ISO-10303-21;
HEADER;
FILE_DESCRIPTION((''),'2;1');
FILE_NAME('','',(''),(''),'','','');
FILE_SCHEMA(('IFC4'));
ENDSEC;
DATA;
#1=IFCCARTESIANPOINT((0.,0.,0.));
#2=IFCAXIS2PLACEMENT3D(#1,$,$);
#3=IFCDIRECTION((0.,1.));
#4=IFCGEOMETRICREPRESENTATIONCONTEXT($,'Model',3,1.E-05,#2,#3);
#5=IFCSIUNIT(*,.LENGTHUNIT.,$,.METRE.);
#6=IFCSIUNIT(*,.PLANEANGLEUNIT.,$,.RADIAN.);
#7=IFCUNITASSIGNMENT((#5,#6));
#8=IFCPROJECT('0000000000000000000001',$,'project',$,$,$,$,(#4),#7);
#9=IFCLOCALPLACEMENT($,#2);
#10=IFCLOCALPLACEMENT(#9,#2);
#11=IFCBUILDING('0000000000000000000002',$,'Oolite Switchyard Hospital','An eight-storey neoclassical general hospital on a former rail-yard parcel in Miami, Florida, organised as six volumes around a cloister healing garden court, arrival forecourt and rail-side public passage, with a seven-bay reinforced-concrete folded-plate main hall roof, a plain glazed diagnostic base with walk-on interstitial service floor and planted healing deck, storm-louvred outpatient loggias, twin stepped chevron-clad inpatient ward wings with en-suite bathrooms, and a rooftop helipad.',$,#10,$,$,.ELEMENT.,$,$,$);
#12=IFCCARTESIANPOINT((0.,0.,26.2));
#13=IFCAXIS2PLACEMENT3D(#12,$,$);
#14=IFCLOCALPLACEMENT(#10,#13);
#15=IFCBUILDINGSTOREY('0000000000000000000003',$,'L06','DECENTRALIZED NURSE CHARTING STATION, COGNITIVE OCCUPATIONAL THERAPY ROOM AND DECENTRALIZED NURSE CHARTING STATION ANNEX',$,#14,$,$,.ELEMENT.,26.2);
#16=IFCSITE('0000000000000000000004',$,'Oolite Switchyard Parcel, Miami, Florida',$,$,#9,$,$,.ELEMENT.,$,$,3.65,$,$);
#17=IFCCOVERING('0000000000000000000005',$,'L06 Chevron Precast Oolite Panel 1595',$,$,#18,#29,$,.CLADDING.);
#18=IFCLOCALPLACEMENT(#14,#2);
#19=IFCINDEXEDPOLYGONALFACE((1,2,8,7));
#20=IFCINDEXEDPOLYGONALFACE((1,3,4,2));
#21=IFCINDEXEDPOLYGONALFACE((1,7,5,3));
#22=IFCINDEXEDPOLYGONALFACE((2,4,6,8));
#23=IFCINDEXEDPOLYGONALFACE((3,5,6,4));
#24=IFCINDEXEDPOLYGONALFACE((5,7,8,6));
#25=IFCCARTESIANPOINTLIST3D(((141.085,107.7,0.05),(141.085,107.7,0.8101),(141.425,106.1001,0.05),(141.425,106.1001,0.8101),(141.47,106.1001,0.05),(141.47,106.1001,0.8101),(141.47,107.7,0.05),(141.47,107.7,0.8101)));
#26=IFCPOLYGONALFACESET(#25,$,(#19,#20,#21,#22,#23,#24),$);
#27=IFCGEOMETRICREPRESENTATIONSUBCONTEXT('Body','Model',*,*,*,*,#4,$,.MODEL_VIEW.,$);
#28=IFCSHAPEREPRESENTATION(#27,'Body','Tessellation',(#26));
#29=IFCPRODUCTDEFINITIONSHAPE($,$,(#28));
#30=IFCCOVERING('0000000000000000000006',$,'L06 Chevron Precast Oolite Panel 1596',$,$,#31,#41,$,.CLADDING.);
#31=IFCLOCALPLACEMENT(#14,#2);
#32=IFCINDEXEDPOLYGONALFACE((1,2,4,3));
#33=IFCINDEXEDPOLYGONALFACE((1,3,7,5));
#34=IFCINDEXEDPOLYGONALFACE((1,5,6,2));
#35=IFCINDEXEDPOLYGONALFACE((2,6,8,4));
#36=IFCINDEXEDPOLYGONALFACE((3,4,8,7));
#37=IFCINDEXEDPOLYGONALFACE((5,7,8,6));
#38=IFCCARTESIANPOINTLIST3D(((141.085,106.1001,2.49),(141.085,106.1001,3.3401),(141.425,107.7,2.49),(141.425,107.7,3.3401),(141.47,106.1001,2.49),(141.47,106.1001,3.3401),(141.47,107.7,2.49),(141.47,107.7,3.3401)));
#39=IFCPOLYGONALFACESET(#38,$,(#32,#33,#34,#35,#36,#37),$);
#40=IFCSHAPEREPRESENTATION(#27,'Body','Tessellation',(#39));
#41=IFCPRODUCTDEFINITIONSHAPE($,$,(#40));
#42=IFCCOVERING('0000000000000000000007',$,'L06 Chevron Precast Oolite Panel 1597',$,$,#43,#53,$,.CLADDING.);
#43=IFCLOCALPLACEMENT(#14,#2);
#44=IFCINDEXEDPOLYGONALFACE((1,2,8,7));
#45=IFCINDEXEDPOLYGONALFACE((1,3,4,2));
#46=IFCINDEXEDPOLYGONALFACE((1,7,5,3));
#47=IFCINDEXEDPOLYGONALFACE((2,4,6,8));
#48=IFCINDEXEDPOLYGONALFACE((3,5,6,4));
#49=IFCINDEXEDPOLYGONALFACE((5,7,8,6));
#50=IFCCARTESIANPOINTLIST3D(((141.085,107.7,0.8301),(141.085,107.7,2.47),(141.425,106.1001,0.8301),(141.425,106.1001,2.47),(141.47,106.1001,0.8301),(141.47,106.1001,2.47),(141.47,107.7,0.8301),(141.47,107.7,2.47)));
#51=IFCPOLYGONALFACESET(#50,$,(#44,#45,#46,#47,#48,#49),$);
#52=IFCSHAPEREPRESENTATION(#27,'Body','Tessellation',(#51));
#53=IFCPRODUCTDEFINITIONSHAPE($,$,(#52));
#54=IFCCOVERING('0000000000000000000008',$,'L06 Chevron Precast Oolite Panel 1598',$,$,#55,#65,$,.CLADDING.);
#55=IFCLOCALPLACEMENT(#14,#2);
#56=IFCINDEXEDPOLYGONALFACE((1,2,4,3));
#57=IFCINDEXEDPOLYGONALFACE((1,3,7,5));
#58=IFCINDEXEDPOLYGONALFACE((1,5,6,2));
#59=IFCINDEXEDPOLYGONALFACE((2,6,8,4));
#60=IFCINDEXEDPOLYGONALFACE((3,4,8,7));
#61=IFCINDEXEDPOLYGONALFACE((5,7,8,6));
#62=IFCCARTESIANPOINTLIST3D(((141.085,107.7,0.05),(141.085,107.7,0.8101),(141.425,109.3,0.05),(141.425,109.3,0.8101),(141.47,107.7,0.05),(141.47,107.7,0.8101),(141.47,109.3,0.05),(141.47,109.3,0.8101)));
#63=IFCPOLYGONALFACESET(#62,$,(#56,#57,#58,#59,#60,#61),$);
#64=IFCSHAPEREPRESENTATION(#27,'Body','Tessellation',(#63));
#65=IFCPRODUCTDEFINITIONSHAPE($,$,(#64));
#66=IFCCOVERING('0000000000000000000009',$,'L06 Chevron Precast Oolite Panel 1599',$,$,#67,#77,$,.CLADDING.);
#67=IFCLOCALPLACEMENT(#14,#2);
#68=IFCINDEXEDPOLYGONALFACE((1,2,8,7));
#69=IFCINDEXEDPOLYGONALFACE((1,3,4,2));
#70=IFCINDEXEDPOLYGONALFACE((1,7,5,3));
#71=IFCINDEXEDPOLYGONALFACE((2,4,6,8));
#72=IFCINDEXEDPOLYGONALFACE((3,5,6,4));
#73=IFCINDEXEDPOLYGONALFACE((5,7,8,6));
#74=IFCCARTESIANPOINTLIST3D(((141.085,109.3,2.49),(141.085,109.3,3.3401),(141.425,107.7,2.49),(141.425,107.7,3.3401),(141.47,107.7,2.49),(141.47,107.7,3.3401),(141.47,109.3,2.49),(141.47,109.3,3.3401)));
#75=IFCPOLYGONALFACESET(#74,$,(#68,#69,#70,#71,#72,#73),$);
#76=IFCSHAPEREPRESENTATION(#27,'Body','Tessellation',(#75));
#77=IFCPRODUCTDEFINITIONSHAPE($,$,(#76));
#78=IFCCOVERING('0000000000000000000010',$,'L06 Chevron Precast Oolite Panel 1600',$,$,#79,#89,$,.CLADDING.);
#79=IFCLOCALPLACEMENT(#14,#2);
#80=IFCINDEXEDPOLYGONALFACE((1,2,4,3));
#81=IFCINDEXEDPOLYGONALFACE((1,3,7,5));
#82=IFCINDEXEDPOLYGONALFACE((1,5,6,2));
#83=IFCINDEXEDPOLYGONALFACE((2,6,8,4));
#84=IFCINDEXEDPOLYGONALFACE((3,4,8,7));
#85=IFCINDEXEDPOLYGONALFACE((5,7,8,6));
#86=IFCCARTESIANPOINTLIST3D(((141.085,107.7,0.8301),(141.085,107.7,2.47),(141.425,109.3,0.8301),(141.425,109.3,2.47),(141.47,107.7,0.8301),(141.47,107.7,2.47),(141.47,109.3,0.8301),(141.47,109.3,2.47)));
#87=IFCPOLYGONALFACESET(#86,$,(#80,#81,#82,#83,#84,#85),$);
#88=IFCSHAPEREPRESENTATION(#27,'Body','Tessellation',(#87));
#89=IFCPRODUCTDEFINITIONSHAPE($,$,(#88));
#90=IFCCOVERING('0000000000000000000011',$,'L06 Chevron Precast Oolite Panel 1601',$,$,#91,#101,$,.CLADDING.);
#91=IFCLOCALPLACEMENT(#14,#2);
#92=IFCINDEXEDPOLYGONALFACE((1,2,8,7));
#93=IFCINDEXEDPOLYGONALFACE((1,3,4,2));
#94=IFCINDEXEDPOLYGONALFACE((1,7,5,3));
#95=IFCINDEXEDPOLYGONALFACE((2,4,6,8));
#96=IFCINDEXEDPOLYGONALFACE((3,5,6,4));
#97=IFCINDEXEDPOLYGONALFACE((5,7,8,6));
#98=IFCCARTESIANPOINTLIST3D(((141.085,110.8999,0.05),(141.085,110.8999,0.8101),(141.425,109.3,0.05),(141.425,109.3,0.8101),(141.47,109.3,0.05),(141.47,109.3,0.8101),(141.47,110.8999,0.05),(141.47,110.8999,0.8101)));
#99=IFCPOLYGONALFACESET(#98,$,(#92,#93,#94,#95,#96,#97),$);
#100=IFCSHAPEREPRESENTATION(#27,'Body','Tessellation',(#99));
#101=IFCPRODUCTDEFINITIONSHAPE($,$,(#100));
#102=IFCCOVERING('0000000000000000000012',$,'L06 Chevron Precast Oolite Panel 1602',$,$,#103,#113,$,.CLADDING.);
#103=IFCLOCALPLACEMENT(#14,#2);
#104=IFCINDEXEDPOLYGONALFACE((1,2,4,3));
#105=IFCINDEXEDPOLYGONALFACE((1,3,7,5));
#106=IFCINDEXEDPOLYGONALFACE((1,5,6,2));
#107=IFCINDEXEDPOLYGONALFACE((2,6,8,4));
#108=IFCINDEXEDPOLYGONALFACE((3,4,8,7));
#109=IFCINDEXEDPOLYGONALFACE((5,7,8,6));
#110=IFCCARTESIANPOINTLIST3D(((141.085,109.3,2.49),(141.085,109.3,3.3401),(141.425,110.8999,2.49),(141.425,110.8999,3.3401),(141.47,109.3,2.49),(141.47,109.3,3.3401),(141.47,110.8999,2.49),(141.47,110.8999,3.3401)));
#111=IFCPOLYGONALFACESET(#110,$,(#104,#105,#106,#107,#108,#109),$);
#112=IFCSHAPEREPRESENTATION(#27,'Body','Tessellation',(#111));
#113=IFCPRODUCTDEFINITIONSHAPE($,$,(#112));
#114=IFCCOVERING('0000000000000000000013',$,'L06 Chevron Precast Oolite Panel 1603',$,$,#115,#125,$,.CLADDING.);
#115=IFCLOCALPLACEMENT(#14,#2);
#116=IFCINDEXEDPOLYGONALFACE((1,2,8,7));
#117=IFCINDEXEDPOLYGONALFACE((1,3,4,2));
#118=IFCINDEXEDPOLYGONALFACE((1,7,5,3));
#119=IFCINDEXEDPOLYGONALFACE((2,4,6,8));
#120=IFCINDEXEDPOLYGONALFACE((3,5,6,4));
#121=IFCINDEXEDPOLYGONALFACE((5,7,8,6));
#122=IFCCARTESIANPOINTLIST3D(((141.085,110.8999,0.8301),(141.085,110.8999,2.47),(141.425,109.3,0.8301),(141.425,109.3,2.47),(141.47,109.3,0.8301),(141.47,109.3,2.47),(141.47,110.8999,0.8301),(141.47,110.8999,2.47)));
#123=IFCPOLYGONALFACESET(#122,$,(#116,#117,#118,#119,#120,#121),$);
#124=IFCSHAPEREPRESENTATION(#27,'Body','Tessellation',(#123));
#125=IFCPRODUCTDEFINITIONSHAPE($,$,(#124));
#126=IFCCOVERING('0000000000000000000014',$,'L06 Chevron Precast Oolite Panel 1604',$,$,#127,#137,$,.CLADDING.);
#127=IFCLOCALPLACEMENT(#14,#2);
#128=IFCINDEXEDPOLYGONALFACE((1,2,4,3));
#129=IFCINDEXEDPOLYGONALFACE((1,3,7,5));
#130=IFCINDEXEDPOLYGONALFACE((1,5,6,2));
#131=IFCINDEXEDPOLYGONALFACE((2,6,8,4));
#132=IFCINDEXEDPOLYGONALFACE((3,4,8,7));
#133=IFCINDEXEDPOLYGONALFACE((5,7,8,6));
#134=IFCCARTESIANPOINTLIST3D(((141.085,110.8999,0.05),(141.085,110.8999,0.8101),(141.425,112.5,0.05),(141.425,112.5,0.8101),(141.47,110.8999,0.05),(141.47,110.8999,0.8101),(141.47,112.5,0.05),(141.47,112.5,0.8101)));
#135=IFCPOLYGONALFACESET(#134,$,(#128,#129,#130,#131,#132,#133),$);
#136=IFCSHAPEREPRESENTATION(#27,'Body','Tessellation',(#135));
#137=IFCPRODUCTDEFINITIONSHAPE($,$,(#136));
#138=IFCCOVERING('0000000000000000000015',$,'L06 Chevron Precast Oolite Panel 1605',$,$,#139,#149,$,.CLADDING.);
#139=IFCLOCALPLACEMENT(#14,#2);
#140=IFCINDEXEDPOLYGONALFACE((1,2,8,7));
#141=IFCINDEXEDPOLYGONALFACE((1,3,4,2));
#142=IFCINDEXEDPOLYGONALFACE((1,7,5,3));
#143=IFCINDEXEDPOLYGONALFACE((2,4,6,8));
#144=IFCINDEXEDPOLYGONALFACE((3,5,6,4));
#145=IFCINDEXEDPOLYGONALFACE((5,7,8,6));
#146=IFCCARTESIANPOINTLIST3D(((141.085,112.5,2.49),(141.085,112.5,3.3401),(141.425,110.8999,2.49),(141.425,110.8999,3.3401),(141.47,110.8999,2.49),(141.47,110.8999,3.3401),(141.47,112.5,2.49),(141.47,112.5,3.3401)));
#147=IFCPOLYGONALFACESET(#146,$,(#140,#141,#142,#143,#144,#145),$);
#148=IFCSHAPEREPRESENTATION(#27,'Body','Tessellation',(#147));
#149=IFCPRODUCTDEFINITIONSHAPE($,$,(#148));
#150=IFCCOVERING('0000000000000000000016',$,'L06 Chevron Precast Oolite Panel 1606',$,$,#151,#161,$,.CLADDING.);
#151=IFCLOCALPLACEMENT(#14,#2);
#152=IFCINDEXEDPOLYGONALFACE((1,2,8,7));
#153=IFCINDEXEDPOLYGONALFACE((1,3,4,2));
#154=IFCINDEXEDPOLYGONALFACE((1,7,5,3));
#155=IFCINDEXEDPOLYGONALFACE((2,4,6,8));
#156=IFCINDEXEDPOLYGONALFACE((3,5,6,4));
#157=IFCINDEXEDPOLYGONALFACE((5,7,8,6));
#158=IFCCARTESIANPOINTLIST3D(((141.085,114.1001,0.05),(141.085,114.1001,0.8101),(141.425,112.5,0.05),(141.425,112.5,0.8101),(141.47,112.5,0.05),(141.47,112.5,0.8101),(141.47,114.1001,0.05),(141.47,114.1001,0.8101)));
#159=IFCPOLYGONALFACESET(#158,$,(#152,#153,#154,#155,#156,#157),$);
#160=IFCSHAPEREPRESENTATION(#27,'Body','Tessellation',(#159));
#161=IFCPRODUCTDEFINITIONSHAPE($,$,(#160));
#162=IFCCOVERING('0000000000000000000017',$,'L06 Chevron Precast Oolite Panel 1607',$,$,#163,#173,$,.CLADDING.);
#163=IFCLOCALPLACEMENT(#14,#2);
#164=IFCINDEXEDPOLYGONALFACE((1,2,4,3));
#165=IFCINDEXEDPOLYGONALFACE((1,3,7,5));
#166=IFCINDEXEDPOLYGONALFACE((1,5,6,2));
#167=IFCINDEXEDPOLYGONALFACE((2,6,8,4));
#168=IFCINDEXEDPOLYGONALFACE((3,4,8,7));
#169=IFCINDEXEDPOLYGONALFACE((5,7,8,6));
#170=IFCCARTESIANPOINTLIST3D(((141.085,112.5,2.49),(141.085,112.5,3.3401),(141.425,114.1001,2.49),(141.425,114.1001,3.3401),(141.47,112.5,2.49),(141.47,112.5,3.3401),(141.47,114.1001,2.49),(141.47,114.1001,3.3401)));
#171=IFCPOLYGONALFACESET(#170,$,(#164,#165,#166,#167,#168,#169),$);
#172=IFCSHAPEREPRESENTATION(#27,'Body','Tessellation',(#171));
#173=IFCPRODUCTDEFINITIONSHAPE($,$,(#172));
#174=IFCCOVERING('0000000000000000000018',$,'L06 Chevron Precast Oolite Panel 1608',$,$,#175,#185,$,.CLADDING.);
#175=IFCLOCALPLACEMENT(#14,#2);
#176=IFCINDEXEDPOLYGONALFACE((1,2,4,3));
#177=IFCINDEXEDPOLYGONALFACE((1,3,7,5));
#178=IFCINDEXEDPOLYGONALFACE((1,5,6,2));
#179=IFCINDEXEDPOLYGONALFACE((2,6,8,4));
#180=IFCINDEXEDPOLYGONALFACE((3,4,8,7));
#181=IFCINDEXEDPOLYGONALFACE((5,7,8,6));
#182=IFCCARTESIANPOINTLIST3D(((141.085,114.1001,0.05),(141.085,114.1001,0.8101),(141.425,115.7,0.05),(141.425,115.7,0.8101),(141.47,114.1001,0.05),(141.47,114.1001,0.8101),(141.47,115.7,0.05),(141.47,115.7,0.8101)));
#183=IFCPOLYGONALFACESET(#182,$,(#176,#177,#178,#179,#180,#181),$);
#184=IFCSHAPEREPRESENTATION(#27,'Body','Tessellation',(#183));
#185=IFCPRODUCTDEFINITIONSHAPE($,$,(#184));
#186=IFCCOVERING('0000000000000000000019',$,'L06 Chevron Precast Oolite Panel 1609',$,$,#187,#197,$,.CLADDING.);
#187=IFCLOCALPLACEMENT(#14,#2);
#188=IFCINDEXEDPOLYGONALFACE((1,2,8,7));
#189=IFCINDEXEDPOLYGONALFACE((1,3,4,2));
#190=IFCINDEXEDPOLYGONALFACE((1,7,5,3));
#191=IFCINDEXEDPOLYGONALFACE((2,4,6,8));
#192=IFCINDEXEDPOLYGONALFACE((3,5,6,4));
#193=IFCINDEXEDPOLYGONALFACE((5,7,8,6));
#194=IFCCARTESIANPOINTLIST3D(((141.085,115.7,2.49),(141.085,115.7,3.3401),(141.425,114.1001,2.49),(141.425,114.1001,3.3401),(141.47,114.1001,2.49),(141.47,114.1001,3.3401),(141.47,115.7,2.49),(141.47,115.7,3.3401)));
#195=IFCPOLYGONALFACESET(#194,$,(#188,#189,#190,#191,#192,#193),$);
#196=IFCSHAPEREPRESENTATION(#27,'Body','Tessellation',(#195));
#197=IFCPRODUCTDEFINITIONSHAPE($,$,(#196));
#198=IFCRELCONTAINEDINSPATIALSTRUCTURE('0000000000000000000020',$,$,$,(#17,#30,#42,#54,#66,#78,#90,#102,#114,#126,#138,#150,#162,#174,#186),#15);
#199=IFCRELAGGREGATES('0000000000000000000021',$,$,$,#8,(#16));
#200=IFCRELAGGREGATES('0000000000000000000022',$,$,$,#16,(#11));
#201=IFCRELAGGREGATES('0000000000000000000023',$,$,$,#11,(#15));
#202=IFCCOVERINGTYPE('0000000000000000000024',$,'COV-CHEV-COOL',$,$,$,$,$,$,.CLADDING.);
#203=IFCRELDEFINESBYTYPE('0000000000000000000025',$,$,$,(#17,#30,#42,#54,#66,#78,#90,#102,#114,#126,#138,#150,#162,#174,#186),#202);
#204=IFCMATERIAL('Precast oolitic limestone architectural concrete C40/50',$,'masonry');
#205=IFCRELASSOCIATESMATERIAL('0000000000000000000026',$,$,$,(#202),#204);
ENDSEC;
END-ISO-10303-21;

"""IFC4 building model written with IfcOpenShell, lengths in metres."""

from ifc_helpers import new_model, si_unit, direction, frame, origin, place, context, subcontext, project, spatial, polyline, outline, extrude, material, type_object, element, save


model = new_model("IFC4")

# Units and contexts
model_context = context("Model", 3, precision=1e-05, world=origin(), true_north=direction((0.0, 1.0)))
body_context = subcontext(model_context, "Body", "Model", "MODEL_VIEW")
ifc_project = project(units=[si_unit("LENGTHUNIT", "METRE"), si_unit("PLANEANGLEUNIT", "RADIAN")], contexts=[model_context])

# Site, building, storey
site_placement = place(None, origin())
site = spatial("IfcSite", under=ifc_project, at=site_placement, Name="Oolite Switchyard Parcel, Miami, Florida", CompositionType="ELEMENT", RefElevation=3.65)
building_placement = place(site_placement, origin())
building = spatial("IfcBuilding", under=site, at=building_placement, Name="Oolite Switchyard Hospital", Description="An eight-storey neoclassical general hospital on a former rail-yard parcel in Miami, Florida, organised as six volumes around a cloister healing garden court, arrival forecourt and rail-side public passage, with a seven-bay reinforced-concrete folded-plate main hall roof, a plain glazed diagnostic base with walk-on interstitial service floor and planted healing deck, storm-louvred outpatient loggias, twin stepped chevron-clad inpatient ward wings with en-suite bathrooms, and a rooftop helipad.", CompositionType="ELEMENT")
storey_placement = place(building_placement, frame((0.0, 0.0, 26.2)))
storey = spatial("IfcBuildingStorey", under=building, at=storey_placement, Name="L06", Description="DECENTRALIZED NURSE CHARTING STATION, COGNITIVE OCCUPATIONAL THERAPY ROOM AND DECENTRALIZED NURSE CHARTING STATION ANNEX", CompositionType="ELEMENT", Elevation=26.2)

# Coverings
ifc_material = material(Name="Precast oolitic limestone architectural concrete C40/50", Category="masonry")
covering_type_1 = type_object("IfcCoveringType", Name="COV-CHEV-COOL", PredefinedType="CLADDING", material=ifc_material)
covering_1_placement = place(storey_placement, frame((141.47, 106.1001, 0.05), z_axis=(0.0, 0.0, 1.0), x_axis=(0.0, 1.0, 0.0)))
element("IfcCovering", 1, at=covering_1_placement, inside=storey, type_object=covering_type_1, Name="L06 Chevron Precast Oolite Panel 1595", PredefinedType="CLADDING", context=body_context, shape_type="SweptSolid", body=[
    extrude(outline(polyline([(0.0, 0.0), (1.5999, 0.0), (1.5999, 0.385), (0.0, 0.0449), (0.0, 0.0)])), origin(), (0.0, 0.0, 1.0), 0.76),
])
covering_2_placement = place(storey_placement, frame((141.47, 106.1001, 2.49), z_axis=(0.0, 0.0, 1.0), x_axis=(0.0, 1.0, 0.0)))
element("IfcCovering", 2, at=covering_2_placement, inside=storey, type_object=covering_type_1, Name="L06 Chevron Precast Oolite Panel 1596", PredefinedType="CLADDING", context=body_context, shape_type="SweptSolid", body=[
    extrude(outline(polyline([(0.0, 0.0), (1.5999, 0.0), (1.5999, 0.0449), (0.0, 0.385), (0.0, 0.0)])), origin(), (0.0, 0.0, 1.0), 0.8501),
])
covering_3_placement = place(storey_placement, frame((141.47, 106.1001, 0.8301), z_axis=(0.0, 0.0, 1.0), x_axis=(0.0, 1.0, 0.0)))
element("IfcCovering", 3, at=covering_3_placement, inside=storey, type_object=covering_type_1, Name="L06 Chevron Precast Oolite Panel 1597", PredefinedType="CLADDING", context=body_context, shape_type="SweptSolid", body=[
    extrude(outline(polyline([(0.0, 0.0), (1.5999, 0.0), (1.5999, 0.385), (0.0, 0.0449), (0.0, 0.0)])), origin(), (0.0, 0.0, 1.0), 1.6399),
])
covering_4_placement = place(storey_placement, frame((141.47, 107.7, 0.05), z_axis=(0.0, 0.0, 1.0), x_axis=(0.0, 1.0, 0.0)))
element("IfcCovering", 4, at=covering_4_placement, inside=storey, type_object=covering_type_1, Name="L06 Chevron Precast Oolite Panel 1598", PredefinedType="CLADDING", context=body_context, shape_type="SweptSolid", body=[
    extrude(outline(polyline([(0.0, 0.0), (1.6001, 0.0), (1.6001, 0.0449), (0.0, 0.385), (0.0, 0.0)])), origin(), (0.0, 0.0, 1.0), 0.76),
])
covering_5_placement = place(storey_placement, frame((141.47, 107.7, 2.49), z_axis=(0.0, 0.0, 1.0), x_axis=(0.0, 1.0, 0.0)))
element("IfcCovering", 5, at=covering_5_placement, inside=storey, type_object=covering_type_1, Name="L06 Chevron Precast Oolite Panel 1599", PredefinedType="CLADDING", context=body_context, shape_type="SweptSolid", body=[
    extrude(outline(polyline([(0.0, 0.0), (1.6001, 0.0), (1.6001, 0.385), (0.0, 0.0449), (0.0, 0.0)])), origin(), (0.0, 0.0, 1.0), 0.8501),
])
covering_6_placement = place(storey_placement, frame((141.47, 107.7, 0.8301), z_axis=(0.0, 0.0, 1.0), x_axis=(0.0, 1.0, 0.0)))
element("IfcCovering", 6, at=covering_6_placement, inside=storey, type_object=covering_type_1, Name="L06 Chevron Precast Oolite Panel 1600", PredefinedType="CLADDING", context=body_context, shape_type="SweptSolid", body=[
    extrude(outline(polyline([(0.0, 0.0), (1.6001, 0.0), (1.6001, 0.0449), (0.0, 0.385), (0.0, 0.0)])), origin(), (0.0, 0.0, 1.0), 1.6399),
])
covering_7_placement = place(storey_placement, frame((141.47, 109.3, 0.05), z_axis=(0.0, 0.0, 1.0), x_axis=(0.0, 1.0, 0.0)))
element("IfcCovering", 7, at=covering_7_placement, inside=storey, type_object=covering_type_1, Name="L06 Chevron Precast Oolite Panel 1601", PredefinedType="CLADDING", context=body_context, shape_type="SweptSolid", body=[
    extrude(outline(polyline([(0.0, 0.0), (1.5999, 0.0), (1.5999, 0.385), (0.0, 0.0449), (0.0, 0.0)])), origin(), (0.0, 0.0, 1.0), 0.76),
])
covering_8_placement = place(storey_placement, frame((141.47, 109.3, 2.49), z_axis=(0.0, 0.0, 1.0), x_axis=(0.0, 1.0, 0.0)))
element("IfcCovering", 8, at=covering_8_placement, inside=storey, type_object=covering_type_1, Name="L06 Chevron Precast Oolite Panel 1602", PredefinedType="CLADDING", context=body_context, shape_type="SweptSolid", body=[
    extrude(outline(polyline([(0.0, 0.0), (1.5999, 0.0), (1.5999, 0.0449), (0.0, 0.385), (0.0, 0.0)])), origin(), (0.0, 0.0, 1.0), 0.8501),
])
covering_9_placement = place(storey_placement, frame((141.47, 109.3, 0.8301), z_axis=(0.0, 0.0, 1.0), x_axis=(0.0, 1.0, 0.0)))
element("IfcCovering", 9, at=covering_9_placement, inside=storey, type_object=covering_type_1, Name="L06 Chevron Precast Oolite Panel 1603", PredefinedType="CLADDING", context=body_context, shape_type="SweptSolid", body=[
    extrude(outline(polyline([(0.0, 0.0), (1.5999, 0.0), (1.5999, 0.385), (0.0, 0.0449), (0.0, 0.0)])), origin(), (0.0, 0.0, 1.0), 1.6399),
])
covering_10_placement = place(storey_placement, frame((141.47, 110.8999, 0.05), z_axis=(0.0, 0.0, 1.0), x_axis=(0.0, 1.0, 0.0)))
element("IfcCovering", 10, at=covering_10_placement, inside=storey, type_object=covering_type_1, Name="L06 Chevron Precast Oolite Panel 1604", PredefinedType="CLADDING", context=body_context, shape_type="SweptSolid", body=[
    extrude(outline(polyline([(0.0, 0.0), (1.6001, 0.0), (1.6001, 0.0449), (0.0, 0.385), (0.0, 0.0)])), origin(), (0.0, 0.0, 1.0), 0.76),
])
covering_11_placement = place(storey_placement, frame((141.47, 110.8999, 2.49), z_axis=(0.0, 0.0, 1.0), x_axis=(0.0, 1.0, 0.0)))
element("IfcCovering", 11, at=covering_11_placement, inside=storey, type_object=covering_type_1, Name="L06 Chevron Precast Oolite Panel 1605", PredefinedType="CLADDING", context=body_context, shape_type="SweptSolid", body=[
    extrude(outline(polyline([(0.0, 0.0), (1.6001, 0.0), (1.6001, 0.385), (0.0, 0.0449), (0.0, 0.0)])), origin(), (0.0, 0.0, 1.0), 0.8501),
])
covering_12_placement = place(storey_placement, frame((141.47, 112.5, 0.05), z_axis=(0.0, 0.0, 1.0), x_axis=(0.0, 1.0, 0.0)))
element("IfcCovering", 12, at=covering_12_placement, inside=storey, type_object=covering_type_1, Name="L06 Chevron Precast Oolite Panel 1606", PredefinedType="CLADDING", context=body_context, shape_type="SweptSolid", body=[
    extrude(outline(polyline([(0.0, 0.0), (1.6001, 0.0), (1.6001, 0.385), (0.0, 0.0449), (0.0, 0.0)])), origin(), (0.0, 0.0, 1.0), 0.76),
])
covering_13_placement = place(storey_placement, frame((141.47, 112.5, 2.49), z_axis=(0.0, 0.0, 1.0), x_axis=(0.0, 1.0, 0.0)))
element("IfcCovering", 13, at=covering_13_placement, inside=storey, type_object=covering_type_1, Name="L06 Chevron Precast Oolite Panel 1607", PredefinedType="CLADDING", context=body_context, shape_type="SweptSolid", body=[
    extrude(outline(polyline([(0.0, 0.0), (1.6001, 0.0), (1.6001, 0.0449), (0.0, 0.385), (0.0, 0.0)])), origin(), (0.0, 0.0, 1.0), 0.8501),
])
covering_14_placement = place(storey_placement, frame((141.47, 114.1001, 0.05), z_axis=(0.0, 0.0, 1.0), x_axis=(0.0, 1.0, 0.0)))
element("IfcCovering", 14, at=covering_14_placement, inside=storey, type_object=covering_type_1, Name="L06 Chevron Precast Oolite Panel 1608", PredefinedType="CLADDING", context=body_context, shape_type="SweptSolid", body=[
    extrude(outline(polyline([(0.0, 0.0), (1.5999, 0.0), (1.5999, 0.0449), (0.0, 0.385), (0.0, 0.0)])), origin(), (0.0, 0.0, 1.0), 0.76),
])
covering_15_placement = place(storey_placement, frame((141.47, 114.1001, 2.49), z_axis=(0.0, 0.0, 1.0), x_axis=(0.0, 1.0, 0.0)))
element("IfcCovering", 15, at=covering_15_placement, inside=storey, type_object=covering_type_1, Name="L06 Chevron Precast Oolite Panel 1609", PredefinedType="CLADDING", context=body_context, shape_type="SweptSolid", body=[
    extrude(outline(polyline([(0.0, 0.0), (1.5999, 0.0), (1.5999, 0.385), (0.0, 0.0449), (0.0, 0.0)])), origin(), (0.0, 0.0, 1.0), 0.8501),
])

save(model, "model.ifc")
